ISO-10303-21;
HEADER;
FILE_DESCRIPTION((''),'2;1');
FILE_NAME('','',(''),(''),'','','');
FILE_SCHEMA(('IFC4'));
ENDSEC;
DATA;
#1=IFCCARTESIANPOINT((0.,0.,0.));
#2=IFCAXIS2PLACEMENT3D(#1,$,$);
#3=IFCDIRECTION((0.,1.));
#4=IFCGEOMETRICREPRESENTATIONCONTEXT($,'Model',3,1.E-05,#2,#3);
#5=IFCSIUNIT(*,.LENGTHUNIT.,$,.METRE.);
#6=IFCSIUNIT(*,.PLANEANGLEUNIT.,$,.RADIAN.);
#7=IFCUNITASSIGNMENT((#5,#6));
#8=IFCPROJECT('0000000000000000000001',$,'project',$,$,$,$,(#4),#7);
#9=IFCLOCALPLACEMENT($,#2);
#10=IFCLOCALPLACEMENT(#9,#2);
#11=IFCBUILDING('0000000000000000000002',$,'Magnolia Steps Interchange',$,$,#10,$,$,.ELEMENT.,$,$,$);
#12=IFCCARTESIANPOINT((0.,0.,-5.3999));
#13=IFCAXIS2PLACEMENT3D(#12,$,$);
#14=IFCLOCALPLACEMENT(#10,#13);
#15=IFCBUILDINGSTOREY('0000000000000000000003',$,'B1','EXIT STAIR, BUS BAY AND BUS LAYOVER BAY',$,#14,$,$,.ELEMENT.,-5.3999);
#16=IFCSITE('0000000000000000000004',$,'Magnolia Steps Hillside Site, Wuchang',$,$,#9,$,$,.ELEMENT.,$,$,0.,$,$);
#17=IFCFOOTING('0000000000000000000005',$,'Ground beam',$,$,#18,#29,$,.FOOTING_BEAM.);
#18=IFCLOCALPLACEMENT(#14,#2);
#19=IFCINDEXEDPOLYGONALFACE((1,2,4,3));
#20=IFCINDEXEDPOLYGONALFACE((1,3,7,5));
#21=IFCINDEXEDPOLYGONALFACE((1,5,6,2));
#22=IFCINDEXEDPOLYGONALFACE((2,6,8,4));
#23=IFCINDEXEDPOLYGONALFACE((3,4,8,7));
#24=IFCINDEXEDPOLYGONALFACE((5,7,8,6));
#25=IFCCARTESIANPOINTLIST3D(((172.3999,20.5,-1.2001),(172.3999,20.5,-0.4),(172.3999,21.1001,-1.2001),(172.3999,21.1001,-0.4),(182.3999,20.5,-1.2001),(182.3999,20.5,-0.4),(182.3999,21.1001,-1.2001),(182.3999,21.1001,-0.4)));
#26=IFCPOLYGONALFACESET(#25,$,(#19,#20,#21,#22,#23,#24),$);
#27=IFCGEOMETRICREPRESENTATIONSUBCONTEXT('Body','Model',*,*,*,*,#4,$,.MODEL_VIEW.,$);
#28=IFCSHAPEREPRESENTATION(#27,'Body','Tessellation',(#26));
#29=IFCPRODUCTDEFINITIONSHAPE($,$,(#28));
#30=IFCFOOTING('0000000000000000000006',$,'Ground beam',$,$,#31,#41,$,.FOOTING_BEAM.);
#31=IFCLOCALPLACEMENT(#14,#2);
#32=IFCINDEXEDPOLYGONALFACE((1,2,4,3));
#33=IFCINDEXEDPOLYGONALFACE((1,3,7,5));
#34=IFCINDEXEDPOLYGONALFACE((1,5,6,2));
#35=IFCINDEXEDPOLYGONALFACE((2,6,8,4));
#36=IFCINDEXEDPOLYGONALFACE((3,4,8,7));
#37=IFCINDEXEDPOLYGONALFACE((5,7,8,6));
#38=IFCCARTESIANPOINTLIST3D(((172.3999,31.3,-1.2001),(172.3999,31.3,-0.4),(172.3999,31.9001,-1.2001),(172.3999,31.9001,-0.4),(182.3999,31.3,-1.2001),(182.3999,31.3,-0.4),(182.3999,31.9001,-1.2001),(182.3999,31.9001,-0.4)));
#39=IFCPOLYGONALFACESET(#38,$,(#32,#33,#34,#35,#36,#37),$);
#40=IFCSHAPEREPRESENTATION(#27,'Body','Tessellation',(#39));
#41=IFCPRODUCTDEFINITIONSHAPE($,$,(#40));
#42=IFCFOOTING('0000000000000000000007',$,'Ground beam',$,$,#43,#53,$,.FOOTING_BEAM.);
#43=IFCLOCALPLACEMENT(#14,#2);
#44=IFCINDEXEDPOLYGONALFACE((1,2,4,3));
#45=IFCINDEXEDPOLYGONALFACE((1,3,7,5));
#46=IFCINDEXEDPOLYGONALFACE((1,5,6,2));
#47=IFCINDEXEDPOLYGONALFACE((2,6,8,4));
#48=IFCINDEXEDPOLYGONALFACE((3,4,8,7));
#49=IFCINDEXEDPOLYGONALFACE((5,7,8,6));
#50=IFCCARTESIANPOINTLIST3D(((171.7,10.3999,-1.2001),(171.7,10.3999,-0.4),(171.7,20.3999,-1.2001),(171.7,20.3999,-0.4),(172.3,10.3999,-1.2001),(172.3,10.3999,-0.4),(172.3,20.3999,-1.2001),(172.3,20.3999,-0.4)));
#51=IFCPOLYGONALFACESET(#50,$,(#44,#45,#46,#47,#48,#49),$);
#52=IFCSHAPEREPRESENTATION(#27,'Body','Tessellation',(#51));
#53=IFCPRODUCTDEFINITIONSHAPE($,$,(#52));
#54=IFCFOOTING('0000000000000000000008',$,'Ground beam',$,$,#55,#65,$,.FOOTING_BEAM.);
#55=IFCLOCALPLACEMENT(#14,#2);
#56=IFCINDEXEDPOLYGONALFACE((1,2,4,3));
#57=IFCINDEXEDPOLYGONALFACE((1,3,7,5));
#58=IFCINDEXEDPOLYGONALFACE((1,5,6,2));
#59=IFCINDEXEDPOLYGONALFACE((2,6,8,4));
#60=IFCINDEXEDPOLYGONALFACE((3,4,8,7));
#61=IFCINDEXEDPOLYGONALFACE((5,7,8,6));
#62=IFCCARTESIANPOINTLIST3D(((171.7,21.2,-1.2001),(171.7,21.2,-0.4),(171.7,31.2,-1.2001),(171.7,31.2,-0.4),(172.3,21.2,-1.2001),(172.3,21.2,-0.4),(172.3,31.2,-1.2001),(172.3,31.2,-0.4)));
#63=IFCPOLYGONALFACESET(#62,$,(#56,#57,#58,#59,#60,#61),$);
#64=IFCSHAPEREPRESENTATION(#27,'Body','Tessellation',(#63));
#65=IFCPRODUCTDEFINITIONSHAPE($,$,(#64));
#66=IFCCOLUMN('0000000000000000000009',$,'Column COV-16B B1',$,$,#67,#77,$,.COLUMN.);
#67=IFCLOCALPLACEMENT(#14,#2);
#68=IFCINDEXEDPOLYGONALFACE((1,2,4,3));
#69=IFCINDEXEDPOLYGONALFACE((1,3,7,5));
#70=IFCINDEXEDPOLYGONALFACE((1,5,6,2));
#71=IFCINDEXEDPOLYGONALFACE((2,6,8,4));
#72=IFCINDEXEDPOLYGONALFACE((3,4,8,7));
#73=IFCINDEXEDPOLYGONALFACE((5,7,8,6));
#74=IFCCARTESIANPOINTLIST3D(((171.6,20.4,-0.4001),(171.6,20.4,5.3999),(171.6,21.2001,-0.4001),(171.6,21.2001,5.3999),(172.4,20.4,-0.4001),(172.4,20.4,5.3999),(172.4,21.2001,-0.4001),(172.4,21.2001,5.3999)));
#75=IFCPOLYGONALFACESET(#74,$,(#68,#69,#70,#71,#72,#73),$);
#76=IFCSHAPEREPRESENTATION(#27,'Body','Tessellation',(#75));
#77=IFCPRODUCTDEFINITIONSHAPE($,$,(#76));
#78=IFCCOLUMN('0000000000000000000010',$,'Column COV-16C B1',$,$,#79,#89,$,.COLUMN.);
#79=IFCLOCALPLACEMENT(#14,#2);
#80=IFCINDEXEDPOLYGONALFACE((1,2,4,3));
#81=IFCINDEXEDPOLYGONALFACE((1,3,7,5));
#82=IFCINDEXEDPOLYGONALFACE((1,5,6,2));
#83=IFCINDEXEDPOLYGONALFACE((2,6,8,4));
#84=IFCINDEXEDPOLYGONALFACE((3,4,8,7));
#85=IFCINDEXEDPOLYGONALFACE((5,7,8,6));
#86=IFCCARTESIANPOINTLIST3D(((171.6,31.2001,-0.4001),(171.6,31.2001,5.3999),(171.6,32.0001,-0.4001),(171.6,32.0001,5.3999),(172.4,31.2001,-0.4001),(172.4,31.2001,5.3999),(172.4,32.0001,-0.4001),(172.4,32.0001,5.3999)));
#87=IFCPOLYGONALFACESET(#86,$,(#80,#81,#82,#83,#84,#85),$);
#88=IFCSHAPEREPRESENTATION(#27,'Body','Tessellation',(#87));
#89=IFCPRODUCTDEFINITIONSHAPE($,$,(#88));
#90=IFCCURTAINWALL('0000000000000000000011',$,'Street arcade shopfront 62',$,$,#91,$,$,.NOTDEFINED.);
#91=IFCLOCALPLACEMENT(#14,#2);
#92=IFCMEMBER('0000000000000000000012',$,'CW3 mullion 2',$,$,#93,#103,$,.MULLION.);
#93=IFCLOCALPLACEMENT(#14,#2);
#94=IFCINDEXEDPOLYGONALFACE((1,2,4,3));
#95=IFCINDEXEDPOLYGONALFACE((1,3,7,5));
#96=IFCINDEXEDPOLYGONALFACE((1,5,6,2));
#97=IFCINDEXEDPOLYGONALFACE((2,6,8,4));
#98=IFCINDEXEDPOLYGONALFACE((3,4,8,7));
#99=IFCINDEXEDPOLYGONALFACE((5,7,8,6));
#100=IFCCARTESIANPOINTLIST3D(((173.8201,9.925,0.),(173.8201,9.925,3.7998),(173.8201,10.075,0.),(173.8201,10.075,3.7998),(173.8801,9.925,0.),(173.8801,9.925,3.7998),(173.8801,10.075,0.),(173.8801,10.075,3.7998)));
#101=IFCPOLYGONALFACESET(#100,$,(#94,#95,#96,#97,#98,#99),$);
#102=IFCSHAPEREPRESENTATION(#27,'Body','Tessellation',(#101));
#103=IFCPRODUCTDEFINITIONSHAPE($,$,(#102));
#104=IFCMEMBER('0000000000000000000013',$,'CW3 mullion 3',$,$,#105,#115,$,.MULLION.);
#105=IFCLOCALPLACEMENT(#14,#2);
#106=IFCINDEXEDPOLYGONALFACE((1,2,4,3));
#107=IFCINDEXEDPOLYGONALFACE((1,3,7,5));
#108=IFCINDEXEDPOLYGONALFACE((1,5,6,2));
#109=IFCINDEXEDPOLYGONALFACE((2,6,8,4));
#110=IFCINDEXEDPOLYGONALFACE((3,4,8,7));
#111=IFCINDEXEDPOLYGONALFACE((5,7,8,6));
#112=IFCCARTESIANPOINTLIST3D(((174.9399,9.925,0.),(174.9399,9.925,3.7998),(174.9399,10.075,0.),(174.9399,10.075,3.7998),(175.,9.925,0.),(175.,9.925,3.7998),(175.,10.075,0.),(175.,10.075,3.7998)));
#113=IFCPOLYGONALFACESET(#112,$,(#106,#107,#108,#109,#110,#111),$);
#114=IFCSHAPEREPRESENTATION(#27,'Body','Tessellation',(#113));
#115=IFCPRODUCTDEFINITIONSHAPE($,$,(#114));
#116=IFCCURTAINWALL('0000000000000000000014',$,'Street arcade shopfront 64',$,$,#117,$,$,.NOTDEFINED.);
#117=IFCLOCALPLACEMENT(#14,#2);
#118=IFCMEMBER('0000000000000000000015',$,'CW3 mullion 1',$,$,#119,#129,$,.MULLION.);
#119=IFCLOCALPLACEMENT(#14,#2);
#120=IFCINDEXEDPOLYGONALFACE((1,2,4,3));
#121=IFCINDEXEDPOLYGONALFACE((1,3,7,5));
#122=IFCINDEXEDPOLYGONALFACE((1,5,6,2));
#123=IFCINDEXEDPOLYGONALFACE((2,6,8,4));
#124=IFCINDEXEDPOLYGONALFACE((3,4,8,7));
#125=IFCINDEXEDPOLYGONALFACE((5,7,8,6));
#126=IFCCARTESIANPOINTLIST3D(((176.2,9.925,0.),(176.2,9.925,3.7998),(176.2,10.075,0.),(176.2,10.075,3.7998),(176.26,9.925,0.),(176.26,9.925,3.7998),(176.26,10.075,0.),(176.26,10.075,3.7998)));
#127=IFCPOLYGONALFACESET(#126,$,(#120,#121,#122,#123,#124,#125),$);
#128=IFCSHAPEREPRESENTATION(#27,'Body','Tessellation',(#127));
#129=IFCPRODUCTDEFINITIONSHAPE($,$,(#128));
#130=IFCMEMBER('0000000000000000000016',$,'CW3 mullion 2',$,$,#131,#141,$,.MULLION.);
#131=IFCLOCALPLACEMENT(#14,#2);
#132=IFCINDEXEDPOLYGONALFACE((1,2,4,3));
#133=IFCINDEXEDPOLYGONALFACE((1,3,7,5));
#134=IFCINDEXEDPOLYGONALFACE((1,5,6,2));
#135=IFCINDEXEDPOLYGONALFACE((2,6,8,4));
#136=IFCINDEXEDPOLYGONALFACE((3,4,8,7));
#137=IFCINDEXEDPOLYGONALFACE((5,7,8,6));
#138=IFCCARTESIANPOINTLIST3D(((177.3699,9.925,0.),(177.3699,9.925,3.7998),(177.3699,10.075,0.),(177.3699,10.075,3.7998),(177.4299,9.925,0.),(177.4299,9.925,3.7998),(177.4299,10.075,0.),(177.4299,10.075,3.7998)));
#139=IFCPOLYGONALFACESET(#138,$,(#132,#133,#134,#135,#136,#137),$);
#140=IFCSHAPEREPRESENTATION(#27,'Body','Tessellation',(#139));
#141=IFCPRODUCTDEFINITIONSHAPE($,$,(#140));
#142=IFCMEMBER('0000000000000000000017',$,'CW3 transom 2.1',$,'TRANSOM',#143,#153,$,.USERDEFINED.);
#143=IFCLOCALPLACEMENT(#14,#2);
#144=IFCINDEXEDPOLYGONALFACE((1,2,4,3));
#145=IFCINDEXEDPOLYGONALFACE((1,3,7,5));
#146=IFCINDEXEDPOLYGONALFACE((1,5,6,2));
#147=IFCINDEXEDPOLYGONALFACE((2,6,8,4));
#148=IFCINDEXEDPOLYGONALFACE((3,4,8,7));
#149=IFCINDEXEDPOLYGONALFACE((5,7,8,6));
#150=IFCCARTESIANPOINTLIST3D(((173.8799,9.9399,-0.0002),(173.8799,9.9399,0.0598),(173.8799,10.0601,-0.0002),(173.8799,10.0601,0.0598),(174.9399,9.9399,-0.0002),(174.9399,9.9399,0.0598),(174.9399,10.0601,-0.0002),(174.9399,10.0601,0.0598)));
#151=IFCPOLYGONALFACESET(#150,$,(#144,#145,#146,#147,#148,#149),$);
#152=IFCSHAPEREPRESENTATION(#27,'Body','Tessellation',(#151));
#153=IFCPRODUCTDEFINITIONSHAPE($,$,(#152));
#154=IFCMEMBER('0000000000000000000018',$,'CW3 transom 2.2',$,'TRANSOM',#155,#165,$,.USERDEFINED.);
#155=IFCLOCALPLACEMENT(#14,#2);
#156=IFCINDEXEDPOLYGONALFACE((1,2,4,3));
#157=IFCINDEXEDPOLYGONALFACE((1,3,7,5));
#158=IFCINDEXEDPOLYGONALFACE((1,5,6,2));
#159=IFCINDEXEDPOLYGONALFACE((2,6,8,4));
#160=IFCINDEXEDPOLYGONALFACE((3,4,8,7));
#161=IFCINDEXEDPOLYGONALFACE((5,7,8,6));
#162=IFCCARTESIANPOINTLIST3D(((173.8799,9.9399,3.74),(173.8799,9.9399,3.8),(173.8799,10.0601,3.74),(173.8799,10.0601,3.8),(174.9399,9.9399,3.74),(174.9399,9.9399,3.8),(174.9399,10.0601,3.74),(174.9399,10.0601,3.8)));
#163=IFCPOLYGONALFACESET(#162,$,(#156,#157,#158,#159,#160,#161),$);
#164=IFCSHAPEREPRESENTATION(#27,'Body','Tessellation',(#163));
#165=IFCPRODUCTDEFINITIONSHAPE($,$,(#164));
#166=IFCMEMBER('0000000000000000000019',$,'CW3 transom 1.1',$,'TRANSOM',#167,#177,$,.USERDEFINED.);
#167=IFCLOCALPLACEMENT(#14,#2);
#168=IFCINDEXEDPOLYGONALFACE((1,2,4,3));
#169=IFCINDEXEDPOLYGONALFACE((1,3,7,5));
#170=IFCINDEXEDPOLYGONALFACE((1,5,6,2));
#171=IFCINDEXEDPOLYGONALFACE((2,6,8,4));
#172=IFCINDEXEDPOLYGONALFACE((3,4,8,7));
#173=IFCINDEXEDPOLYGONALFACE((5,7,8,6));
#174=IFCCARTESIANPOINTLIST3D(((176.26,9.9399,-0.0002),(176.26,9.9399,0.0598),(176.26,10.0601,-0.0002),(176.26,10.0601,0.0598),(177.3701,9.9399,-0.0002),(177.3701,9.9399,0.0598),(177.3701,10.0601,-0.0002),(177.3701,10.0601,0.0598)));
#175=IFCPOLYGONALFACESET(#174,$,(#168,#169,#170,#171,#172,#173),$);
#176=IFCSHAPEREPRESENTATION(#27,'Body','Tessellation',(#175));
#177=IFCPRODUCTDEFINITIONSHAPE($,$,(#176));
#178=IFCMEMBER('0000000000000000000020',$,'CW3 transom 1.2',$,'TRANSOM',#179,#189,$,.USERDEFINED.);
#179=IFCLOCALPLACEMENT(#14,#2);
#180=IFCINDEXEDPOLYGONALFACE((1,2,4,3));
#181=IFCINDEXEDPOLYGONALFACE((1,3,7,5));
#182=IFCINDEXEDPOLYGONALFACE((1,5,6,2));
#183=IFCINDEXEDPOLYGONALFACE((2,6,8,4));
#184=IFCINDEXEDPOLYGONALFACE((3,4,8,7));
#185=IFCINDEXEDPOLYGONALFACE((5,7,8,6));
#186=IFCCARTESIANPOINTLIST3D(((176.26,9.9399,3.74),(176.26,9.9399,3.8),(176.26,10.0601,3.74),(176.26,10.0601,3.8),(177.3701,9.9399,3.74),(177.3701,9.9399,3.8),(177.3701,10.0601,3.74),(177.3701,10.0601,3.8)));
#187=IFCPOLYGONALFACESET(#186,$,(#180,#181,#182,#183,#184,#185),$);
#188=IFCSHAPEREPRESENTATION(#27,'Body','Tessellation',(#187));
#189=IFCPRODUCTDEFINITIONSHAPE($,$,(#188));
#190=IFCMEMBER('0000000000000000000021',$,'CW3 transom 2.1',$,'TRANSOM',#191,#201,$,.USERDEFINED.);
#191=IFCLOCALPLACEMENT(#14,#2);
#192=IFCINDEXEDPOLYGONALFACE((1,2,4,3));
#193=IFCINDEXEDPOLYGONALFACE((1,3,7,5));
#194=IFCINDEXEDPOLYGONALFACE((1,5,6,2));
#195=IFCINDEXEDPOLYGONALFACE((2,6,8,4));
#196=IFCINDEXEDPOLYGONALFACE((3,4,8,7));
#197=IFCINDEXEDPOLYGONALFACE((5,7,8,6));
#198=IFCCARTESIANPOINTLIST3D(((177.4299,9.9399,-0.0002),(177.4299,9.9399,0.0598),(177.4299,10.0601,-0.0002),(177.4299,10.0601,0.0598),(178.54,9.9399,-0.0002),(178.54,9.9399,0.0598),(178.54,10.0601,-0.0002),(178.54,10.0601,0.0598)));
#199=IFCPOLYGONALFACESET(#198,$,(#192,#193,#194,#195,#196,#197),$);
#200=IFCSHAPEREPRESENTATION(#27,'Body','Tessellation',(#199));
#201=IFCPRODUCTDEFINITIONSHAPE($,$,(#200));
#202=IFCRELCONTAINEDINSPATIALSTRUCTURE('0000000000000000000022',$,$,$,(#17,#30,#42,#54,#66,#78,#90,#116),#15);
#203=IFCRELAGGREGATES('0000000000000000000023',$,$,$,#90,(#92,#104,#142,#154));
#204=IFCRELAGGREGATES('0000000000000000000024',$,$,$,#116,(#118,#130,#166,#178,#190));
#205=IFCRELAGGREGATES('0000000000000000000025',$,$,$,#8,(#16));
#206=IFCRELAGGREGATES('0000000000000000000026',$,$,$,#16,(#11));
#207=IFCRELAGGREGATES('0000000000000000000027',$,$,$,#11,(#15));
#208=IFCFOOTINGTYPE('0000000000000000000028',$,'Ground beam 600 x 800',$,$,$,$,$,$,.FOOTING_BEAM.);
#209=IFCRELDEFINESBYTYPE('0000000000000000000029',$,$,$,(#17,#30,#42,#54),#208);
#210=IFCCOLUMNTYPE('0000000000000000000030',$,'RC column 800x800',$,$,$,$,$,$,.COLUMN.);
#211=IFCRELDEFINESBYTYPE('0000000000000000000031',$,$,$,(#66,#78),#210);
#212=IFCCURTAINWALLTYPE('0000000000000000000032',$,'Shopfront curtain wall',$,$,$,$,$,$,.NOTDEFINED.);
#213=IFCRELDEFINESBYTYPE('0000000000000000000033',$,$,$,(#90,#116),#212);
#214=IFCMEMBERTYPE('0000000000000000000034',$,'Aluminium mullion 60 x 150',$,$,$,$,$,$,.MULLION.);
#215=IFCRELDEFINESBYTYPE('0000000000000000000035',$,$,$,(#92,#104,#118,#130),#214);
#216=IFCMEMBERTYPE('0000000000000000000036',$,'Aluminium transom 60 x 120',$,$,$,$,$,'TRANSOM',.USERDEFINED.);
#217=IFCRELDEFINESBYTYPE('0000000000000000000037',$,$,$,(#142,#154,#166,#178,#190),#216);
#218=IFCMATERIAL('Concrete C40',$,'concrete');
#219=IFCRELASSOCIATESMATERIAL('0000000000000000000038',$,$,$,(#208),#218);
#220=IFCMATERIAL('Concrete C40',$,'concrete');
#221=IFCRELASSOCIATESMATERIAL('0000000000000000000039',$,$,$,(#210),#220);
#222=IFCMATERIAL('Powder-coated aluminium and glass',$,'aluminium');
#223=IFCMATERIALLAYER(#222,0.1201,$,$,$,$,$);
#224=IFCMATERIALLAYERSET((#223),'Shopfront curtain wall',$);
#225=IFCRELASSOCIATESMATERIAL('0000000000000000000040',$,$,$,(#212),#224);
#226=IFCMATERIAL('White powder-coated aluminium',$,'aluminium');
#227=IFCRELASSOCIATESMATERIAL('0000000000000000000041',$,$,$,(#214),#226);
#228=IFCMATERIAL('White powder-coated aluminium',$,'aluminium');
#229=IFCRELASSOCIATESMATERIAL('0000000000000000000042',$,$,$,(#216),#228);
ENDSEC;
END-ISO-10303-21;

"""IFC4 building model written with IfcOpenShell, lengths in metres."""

from ifc_helpers import new_model, si_unit, direction, frame, origin, origin_2d, place, context, subcontext, project, spatial, rectangle, extrude, material, layer, layer_set, material_profile, profile_set, type_object, element, aggregate, save


model = new_model("IFC4")

# Units and contexts
model_context = context("Model", 3, precision=1e-05, world=origin(), true_north=direction((0.0, 1.0)))
body_context = subcontext(model_context, "Body", "Model", "MODEL_VIEW")
ifc_project = project(units=[si_unit("LENGTHUNIT", "METRE"), si_unit("PLANEANGLEUNIT", "RADIAN")], contexts=[model_context])

# Site, building, storey
site_placement = place(None, origin())
site = spatial("IfcSite", under=ifc_project, at=site_placement, Name="Magnolia Steps Hillside Site, Wuchang", CompositionType="ELEMENT", RefElevation=0.0)
building_placement = place(site_placement, origin())
building = spatial("IfcBuilding", under=site, at=building_placement, Name="Magnolia Steps Interchange", CompositionType="ELEMENT")
storey_placement = place(building_placement, frame((0.0, 0.0, -5.3999)))
storey = spatial("IfcBuildingStorey", under=building, at=storey_placement, Name="B1", Description="EXIT STAIR, BUS BAY AND BUS LAYOVER BAY", CompositionType="ELEMENT", Elevation=-5.3999)

# Footings
ifc_material_1 = material(Name="Concrete C40", Category="concrete")
ifc_material_profile_1 = material_profile(ifc_material_1, rectangle(XDim=0.6001, YDim=0.8, at=origin_2d()), Name="RC600x800")
ifc_profile_set_1 = profile_set([ifc_material_profile_1], Name="Concrete C40")
footing_type = type_object("IfcFootingType", Name="Ground beam 600 x 800", PredefinedType="FOOTING_BEAM", material=ifc_profile_set_1)
for number, where, z_axis, x_axis, name in (
    (1, (172.3999, 20.8, -0.8), (1.0, 0.0, 0.0), (0.0, 1.0, 0.0), "Ground beam"),
    (2, (172.3999, 31.6001, -0.8), (1.0, 0.0, 0.0), (0.0, 1.0, 0.0), "Ground beam"),
    (3, (172.0, 10.3999, -0.8), (0.0, 1.0, 0.0), (-1.0, 0.0, 0.0), "Ground beam"),
    (4, (172.0, 21.2, -0.8), (0.0, 1.0, 0.0), (-1.0, 0.0, 0.0), "Ground beam"),
):
    element("IfcFooting", number, at=place(storey_placement, frame(where, z_axis=z_axis, x_axis=x_axis)), inside=storey, type_object=footing_type, Name=name, PredefinedType="FOOTING_BEAM", context=body_context, shape_type="SweptSolid", body=[
        extrude(rectangle(XDim=0.6001, YDim=0.8, at=origin_2d()), origin(), (0.0, 0.0, 1.0), 10.0),
    ])

# Columns
ifc_material_2 = material(Name="Concrete C40", Category="concrete")
ifc_material_profile_2 = material_profile(ifc_material_2, rectangle(XDim=0.8, YDim=0.8, at=origin_2d()), Name="RC800x800")
ifc_profile_set_2 = profile_set([ifc_material_profile_2], Name="Concrete C40")
column_type = type_object("IfcColumnType", Name="RC column 800x800", PredefinedType="COLUMN", material=ifc_profile_set_2)
for number, where, z_axis, x_axis, name in (
    (5, (172.0, 20.8, -0.4001), (0.0, 0.0, 1.0), (1.0, 0.0, 0.0), "Column COV-16B B1"),
    (6, (172.0, 31.6001, -0.4001), (0.0, 0.0, 1.0), (1.0, 0.0, 0.0), "Column COV-16C B1"),
):
    element("IfcColumn", number, at=place(storey_placement, frame(where, z_axis=z_axis, x_axis=x_axis)), inside=storey, type_object=column_type, Name=name, PredefinedType="COLUMN", context=body_context, shape_type="SweptSolid", body=[
        extrude(rectangle(XDim=0.8, YDim=0.8, at=origin_2d()), origin(), (0.0, 0.0, 1.0), 5.8),
    ])

# Curtain walls, members
ifc_material_3 = material(Name="Powder-coated aluminium and glass", Category="aluminium")
ifc_layer_1 = layer(ifc_material_3, 0.1201)
ifc_layer_set_1 = layer_set([ifc_layer_1], Name="Shopfront curtain wall")
curtain_wall_type = type_object("IfcCurtainWallType", Name="Shopfront curtain wall", PredefinedType="NOTDEFINED", material=ifc_layer_set_1)
curtain_wall_1_placement = place(storey_placement, origin())
curtain_wall_1 = element("IfcCurtainWall", 7, at=curtain_wall_1_placement, inside=storey, type_object=curtain_wall_type, Name="Street arcade shopfront 62", PredefinedType="NOTDEFINED")
ifc_material_4 = material(Name="White powder-coated aluminium", Category="aluminium")
ifc_material_profile_3 = material_profile(ifc_material_4, rectangle(XDim=0.0601, YDim=0.1499, at=origin_2d()), Name="Aluminium mullion 60 x 150")
ifc_profile_set_3 = profile_set([ifc_material_profile_3], Name="White powder-coated aluminium")
member_type_1 = type_object("IfcMemberType", Name="Aluminium mullion 60 x 150", PredefinedType="MULLION", material=ifc_profile_set_3)
member_1_placement = place(storey_placement, frame((173.8501, 10.0, 0.0), z_axis=(0.0, 0.0, 1.0), x_axis=(1.0, 0.0, 0.0)))
member_1 = element("IfcMember", 8, at=member_1_placement, type_object=member_type_1, Name="CW3 mullion 2", PredefinedType="MULLION", context=body_context, shape_type="SweptSolid", body=[
    extrude(rectangle(XDim=0.0601, YDim=0.1499, at=origin_2d()), origin(), (0.0, 0.0, 1.0), 3.7998),
])
member_2_placement = place(storey_placement, frame((174.97, 10.0, 0.0), z_axis=(0.0, 0.0, 1.0), x_axis=(1.0, 0.0, 0.0)))
member_2 = element("IfcMember", 9, at=member_2_placement, type_object=member_type_1, Name="CW3 mullion 3", PredefinedType="MULLION", context=body_context, shape_type="SweptSolid", body=[
    extrude(rectangle(XDim=0.0601, YDim=0.1499, at=origin_2d()), origin(), (0.0, 0.0, 1.0), 3.7998),
])
curtain_wall_2_placement = place(storey_placement, origin())
curtain_wall_2 = element("IfcCurtainWall", 10, at=curtain_wall_2_placement, inside=storey, type_object=curtain_wall_type, Name="Street arcade shopfront 64", PredefinedType="NOTDEFINED")
member_3_placement = place(storey_placement, frame((176.23, 10.0, 0.0), z_axis=(0.0, 0.0, 1.0), x_axis=(1.0, 0.0, 0.0)))
member_3 = element("IfcMember", 11, at=member_3_placement, type_object=member_type_1, Name="CW3 mullion 1", PredefinedType="MULLION", context=body_context, shape_type="SweptSolid", body=[
    extrude(rectangle(XDim=0.0601, YDim=0.1499, at=origin_2d()), origin(), (0.0, 0.0, 1.0), 3.7998),
])
member_4_placement = place(storey_placement, frame((177.3999, 10.0, 0.0), z_axis=(0.0, 0.0, 1.0), x_axis=(1.0, 0.0, 0.0)))
member_4 = element("IfcMember", 12, at=member_4_placement, type_object=member_type_1, Name="CW3 mullion 2", PredefinedType="MULLION", context=body_context, shape_type="SweptSolid", body=[
    extrude(rectangle(XDim=0.0601, YDim=0.1499, at=origin_2d()), origin(), (0.0, 0.0, 1.0), 3.7998),
])

# Members
ifc_material_5 = material(Name="White powder-coated aluminium", Category="aluminium")
ifc_material_profile_4 = material_profile(ifc_material_5, rectangle(XDim=0.0601, YDim=0.1201, at=origin_2d()), Name="Aluminium transom 60 x 120")
ifc_profile_set_4 = profile_set([ifc_material_profile_4], Name="White powder-coated aluminium")
member_type_2 = type_object("IfcMemberType", Name="Aluminium transom 60 x 120", ElementType="TRANSOM", PredefinedType="USERDEFINED", material=ifc_profile_set_4)
member_5_placement = place(storey_placement, frame((173.8799, 10.0, 0.0298), z_axis=(1.0, 0.0, 0.0), x_axis=(0.0, 0.0, 1.0)))
member_5 = element("IfcMember", 13, at=member_5_placement, type_object=member_type_2, Name="CW3 transom 2.1", ObjectType="TRANSOM", PredefinedType="USERDEFINED", context=body_context, shape_type="SweptSolid", body=[
    extrude(rectangle(XDim=0.0601, YDim=0.1201, at=origin_2d()), origin(), (0.0, 0.0, 1.0), 1.0601),
])
member_6_placement = place(storey_placement, frame((173.8799, 10.0, 3.77), z_axis=(1.0, 0.0, 0.0), x_axis=(0.0, 0.0, 1.0)))
member_6 = element("IfcMember", 14, at=member_6_placement, type_object=member_type_2, Name="CW3 transom 2.2", ObjectType="TRANSOM", PredefinedType="USERDEFINED", context=body_context, shape_type="SweptSolid", body=[
    extrude(rectangle(XDim=0.0601, YDim=0.1201, at=origin_2d()), origin(), (0.0, 0.0, 1.0), 1.0601),
])
member_7_placement = place(storey_placement, frame((176.26, 10.0, 0.0298), z_axis=(1.0, 0.0, 0.0), x_axis=(0.0, 0.0, 1.0)))
member_7 = element("IfcMember", 15, at=member_7_placement, type_object=member_type_2, Name="CW3 transom 1.1", ObjectType="TRANSOM", PredefinedType="USERDEFINED", context=body_context, shape_type="SweptSolid", body=[
    extrude(rectangle(XDim=0.0601, YDim=0.1201, at=origin_2d()), origin(), (0.0, 0.0, 1.0), 1.1101),
])
member_8_placement = place(storey_placement, frame((176.26, 10.0, 3.77), z_axis=(1.0, 0.0, 0.0), x_axis=(0.0, 0.0, 1.0)))
member_8 = element("IfcMember", 16, at=member_8_placement, type_object=member_type_2, Name="CW3 transom 1.2", ObjectType="TRANSOM", PredefinedType="USERDEFINED", context=body_context, shape_type="SweptSolid", body=[
    extrude(rectangle(XDim=0.0601, YDim=0.1201, at=origin_2d()), origin(), (0.0, 0.0, 1.0), 1.1101),
])
member_9_placement = place(storey_placement, frame((177.4299, 10.0, 0.0298), z_axis=(1.0, 0.0, 0.0), x_axis=(0.0, 0.0, 1.0)))
member_9 = element("IfcMember", 17, at=member_9_placement, type_object=member_type_2, Name="CW3 transom 2.1", ObjectType="TRANSOM", PredefinedType="USERDEFINED", context=body_context, shape_type="SweptSolid", body=[
    extrude(rectangle(XDim=0.0601, YDim=0.1201, at=origin_2d()), origin(), (0.0, 0.0, 1.0), 1.1101),
])

aggregate(curtain_wall_1, [member_1, member_2, member_5, member_6])
aggregate(curtain_wall_2, [member_3, member_4, member_7, member_8, member_9])

save(model, "model.ifc")
